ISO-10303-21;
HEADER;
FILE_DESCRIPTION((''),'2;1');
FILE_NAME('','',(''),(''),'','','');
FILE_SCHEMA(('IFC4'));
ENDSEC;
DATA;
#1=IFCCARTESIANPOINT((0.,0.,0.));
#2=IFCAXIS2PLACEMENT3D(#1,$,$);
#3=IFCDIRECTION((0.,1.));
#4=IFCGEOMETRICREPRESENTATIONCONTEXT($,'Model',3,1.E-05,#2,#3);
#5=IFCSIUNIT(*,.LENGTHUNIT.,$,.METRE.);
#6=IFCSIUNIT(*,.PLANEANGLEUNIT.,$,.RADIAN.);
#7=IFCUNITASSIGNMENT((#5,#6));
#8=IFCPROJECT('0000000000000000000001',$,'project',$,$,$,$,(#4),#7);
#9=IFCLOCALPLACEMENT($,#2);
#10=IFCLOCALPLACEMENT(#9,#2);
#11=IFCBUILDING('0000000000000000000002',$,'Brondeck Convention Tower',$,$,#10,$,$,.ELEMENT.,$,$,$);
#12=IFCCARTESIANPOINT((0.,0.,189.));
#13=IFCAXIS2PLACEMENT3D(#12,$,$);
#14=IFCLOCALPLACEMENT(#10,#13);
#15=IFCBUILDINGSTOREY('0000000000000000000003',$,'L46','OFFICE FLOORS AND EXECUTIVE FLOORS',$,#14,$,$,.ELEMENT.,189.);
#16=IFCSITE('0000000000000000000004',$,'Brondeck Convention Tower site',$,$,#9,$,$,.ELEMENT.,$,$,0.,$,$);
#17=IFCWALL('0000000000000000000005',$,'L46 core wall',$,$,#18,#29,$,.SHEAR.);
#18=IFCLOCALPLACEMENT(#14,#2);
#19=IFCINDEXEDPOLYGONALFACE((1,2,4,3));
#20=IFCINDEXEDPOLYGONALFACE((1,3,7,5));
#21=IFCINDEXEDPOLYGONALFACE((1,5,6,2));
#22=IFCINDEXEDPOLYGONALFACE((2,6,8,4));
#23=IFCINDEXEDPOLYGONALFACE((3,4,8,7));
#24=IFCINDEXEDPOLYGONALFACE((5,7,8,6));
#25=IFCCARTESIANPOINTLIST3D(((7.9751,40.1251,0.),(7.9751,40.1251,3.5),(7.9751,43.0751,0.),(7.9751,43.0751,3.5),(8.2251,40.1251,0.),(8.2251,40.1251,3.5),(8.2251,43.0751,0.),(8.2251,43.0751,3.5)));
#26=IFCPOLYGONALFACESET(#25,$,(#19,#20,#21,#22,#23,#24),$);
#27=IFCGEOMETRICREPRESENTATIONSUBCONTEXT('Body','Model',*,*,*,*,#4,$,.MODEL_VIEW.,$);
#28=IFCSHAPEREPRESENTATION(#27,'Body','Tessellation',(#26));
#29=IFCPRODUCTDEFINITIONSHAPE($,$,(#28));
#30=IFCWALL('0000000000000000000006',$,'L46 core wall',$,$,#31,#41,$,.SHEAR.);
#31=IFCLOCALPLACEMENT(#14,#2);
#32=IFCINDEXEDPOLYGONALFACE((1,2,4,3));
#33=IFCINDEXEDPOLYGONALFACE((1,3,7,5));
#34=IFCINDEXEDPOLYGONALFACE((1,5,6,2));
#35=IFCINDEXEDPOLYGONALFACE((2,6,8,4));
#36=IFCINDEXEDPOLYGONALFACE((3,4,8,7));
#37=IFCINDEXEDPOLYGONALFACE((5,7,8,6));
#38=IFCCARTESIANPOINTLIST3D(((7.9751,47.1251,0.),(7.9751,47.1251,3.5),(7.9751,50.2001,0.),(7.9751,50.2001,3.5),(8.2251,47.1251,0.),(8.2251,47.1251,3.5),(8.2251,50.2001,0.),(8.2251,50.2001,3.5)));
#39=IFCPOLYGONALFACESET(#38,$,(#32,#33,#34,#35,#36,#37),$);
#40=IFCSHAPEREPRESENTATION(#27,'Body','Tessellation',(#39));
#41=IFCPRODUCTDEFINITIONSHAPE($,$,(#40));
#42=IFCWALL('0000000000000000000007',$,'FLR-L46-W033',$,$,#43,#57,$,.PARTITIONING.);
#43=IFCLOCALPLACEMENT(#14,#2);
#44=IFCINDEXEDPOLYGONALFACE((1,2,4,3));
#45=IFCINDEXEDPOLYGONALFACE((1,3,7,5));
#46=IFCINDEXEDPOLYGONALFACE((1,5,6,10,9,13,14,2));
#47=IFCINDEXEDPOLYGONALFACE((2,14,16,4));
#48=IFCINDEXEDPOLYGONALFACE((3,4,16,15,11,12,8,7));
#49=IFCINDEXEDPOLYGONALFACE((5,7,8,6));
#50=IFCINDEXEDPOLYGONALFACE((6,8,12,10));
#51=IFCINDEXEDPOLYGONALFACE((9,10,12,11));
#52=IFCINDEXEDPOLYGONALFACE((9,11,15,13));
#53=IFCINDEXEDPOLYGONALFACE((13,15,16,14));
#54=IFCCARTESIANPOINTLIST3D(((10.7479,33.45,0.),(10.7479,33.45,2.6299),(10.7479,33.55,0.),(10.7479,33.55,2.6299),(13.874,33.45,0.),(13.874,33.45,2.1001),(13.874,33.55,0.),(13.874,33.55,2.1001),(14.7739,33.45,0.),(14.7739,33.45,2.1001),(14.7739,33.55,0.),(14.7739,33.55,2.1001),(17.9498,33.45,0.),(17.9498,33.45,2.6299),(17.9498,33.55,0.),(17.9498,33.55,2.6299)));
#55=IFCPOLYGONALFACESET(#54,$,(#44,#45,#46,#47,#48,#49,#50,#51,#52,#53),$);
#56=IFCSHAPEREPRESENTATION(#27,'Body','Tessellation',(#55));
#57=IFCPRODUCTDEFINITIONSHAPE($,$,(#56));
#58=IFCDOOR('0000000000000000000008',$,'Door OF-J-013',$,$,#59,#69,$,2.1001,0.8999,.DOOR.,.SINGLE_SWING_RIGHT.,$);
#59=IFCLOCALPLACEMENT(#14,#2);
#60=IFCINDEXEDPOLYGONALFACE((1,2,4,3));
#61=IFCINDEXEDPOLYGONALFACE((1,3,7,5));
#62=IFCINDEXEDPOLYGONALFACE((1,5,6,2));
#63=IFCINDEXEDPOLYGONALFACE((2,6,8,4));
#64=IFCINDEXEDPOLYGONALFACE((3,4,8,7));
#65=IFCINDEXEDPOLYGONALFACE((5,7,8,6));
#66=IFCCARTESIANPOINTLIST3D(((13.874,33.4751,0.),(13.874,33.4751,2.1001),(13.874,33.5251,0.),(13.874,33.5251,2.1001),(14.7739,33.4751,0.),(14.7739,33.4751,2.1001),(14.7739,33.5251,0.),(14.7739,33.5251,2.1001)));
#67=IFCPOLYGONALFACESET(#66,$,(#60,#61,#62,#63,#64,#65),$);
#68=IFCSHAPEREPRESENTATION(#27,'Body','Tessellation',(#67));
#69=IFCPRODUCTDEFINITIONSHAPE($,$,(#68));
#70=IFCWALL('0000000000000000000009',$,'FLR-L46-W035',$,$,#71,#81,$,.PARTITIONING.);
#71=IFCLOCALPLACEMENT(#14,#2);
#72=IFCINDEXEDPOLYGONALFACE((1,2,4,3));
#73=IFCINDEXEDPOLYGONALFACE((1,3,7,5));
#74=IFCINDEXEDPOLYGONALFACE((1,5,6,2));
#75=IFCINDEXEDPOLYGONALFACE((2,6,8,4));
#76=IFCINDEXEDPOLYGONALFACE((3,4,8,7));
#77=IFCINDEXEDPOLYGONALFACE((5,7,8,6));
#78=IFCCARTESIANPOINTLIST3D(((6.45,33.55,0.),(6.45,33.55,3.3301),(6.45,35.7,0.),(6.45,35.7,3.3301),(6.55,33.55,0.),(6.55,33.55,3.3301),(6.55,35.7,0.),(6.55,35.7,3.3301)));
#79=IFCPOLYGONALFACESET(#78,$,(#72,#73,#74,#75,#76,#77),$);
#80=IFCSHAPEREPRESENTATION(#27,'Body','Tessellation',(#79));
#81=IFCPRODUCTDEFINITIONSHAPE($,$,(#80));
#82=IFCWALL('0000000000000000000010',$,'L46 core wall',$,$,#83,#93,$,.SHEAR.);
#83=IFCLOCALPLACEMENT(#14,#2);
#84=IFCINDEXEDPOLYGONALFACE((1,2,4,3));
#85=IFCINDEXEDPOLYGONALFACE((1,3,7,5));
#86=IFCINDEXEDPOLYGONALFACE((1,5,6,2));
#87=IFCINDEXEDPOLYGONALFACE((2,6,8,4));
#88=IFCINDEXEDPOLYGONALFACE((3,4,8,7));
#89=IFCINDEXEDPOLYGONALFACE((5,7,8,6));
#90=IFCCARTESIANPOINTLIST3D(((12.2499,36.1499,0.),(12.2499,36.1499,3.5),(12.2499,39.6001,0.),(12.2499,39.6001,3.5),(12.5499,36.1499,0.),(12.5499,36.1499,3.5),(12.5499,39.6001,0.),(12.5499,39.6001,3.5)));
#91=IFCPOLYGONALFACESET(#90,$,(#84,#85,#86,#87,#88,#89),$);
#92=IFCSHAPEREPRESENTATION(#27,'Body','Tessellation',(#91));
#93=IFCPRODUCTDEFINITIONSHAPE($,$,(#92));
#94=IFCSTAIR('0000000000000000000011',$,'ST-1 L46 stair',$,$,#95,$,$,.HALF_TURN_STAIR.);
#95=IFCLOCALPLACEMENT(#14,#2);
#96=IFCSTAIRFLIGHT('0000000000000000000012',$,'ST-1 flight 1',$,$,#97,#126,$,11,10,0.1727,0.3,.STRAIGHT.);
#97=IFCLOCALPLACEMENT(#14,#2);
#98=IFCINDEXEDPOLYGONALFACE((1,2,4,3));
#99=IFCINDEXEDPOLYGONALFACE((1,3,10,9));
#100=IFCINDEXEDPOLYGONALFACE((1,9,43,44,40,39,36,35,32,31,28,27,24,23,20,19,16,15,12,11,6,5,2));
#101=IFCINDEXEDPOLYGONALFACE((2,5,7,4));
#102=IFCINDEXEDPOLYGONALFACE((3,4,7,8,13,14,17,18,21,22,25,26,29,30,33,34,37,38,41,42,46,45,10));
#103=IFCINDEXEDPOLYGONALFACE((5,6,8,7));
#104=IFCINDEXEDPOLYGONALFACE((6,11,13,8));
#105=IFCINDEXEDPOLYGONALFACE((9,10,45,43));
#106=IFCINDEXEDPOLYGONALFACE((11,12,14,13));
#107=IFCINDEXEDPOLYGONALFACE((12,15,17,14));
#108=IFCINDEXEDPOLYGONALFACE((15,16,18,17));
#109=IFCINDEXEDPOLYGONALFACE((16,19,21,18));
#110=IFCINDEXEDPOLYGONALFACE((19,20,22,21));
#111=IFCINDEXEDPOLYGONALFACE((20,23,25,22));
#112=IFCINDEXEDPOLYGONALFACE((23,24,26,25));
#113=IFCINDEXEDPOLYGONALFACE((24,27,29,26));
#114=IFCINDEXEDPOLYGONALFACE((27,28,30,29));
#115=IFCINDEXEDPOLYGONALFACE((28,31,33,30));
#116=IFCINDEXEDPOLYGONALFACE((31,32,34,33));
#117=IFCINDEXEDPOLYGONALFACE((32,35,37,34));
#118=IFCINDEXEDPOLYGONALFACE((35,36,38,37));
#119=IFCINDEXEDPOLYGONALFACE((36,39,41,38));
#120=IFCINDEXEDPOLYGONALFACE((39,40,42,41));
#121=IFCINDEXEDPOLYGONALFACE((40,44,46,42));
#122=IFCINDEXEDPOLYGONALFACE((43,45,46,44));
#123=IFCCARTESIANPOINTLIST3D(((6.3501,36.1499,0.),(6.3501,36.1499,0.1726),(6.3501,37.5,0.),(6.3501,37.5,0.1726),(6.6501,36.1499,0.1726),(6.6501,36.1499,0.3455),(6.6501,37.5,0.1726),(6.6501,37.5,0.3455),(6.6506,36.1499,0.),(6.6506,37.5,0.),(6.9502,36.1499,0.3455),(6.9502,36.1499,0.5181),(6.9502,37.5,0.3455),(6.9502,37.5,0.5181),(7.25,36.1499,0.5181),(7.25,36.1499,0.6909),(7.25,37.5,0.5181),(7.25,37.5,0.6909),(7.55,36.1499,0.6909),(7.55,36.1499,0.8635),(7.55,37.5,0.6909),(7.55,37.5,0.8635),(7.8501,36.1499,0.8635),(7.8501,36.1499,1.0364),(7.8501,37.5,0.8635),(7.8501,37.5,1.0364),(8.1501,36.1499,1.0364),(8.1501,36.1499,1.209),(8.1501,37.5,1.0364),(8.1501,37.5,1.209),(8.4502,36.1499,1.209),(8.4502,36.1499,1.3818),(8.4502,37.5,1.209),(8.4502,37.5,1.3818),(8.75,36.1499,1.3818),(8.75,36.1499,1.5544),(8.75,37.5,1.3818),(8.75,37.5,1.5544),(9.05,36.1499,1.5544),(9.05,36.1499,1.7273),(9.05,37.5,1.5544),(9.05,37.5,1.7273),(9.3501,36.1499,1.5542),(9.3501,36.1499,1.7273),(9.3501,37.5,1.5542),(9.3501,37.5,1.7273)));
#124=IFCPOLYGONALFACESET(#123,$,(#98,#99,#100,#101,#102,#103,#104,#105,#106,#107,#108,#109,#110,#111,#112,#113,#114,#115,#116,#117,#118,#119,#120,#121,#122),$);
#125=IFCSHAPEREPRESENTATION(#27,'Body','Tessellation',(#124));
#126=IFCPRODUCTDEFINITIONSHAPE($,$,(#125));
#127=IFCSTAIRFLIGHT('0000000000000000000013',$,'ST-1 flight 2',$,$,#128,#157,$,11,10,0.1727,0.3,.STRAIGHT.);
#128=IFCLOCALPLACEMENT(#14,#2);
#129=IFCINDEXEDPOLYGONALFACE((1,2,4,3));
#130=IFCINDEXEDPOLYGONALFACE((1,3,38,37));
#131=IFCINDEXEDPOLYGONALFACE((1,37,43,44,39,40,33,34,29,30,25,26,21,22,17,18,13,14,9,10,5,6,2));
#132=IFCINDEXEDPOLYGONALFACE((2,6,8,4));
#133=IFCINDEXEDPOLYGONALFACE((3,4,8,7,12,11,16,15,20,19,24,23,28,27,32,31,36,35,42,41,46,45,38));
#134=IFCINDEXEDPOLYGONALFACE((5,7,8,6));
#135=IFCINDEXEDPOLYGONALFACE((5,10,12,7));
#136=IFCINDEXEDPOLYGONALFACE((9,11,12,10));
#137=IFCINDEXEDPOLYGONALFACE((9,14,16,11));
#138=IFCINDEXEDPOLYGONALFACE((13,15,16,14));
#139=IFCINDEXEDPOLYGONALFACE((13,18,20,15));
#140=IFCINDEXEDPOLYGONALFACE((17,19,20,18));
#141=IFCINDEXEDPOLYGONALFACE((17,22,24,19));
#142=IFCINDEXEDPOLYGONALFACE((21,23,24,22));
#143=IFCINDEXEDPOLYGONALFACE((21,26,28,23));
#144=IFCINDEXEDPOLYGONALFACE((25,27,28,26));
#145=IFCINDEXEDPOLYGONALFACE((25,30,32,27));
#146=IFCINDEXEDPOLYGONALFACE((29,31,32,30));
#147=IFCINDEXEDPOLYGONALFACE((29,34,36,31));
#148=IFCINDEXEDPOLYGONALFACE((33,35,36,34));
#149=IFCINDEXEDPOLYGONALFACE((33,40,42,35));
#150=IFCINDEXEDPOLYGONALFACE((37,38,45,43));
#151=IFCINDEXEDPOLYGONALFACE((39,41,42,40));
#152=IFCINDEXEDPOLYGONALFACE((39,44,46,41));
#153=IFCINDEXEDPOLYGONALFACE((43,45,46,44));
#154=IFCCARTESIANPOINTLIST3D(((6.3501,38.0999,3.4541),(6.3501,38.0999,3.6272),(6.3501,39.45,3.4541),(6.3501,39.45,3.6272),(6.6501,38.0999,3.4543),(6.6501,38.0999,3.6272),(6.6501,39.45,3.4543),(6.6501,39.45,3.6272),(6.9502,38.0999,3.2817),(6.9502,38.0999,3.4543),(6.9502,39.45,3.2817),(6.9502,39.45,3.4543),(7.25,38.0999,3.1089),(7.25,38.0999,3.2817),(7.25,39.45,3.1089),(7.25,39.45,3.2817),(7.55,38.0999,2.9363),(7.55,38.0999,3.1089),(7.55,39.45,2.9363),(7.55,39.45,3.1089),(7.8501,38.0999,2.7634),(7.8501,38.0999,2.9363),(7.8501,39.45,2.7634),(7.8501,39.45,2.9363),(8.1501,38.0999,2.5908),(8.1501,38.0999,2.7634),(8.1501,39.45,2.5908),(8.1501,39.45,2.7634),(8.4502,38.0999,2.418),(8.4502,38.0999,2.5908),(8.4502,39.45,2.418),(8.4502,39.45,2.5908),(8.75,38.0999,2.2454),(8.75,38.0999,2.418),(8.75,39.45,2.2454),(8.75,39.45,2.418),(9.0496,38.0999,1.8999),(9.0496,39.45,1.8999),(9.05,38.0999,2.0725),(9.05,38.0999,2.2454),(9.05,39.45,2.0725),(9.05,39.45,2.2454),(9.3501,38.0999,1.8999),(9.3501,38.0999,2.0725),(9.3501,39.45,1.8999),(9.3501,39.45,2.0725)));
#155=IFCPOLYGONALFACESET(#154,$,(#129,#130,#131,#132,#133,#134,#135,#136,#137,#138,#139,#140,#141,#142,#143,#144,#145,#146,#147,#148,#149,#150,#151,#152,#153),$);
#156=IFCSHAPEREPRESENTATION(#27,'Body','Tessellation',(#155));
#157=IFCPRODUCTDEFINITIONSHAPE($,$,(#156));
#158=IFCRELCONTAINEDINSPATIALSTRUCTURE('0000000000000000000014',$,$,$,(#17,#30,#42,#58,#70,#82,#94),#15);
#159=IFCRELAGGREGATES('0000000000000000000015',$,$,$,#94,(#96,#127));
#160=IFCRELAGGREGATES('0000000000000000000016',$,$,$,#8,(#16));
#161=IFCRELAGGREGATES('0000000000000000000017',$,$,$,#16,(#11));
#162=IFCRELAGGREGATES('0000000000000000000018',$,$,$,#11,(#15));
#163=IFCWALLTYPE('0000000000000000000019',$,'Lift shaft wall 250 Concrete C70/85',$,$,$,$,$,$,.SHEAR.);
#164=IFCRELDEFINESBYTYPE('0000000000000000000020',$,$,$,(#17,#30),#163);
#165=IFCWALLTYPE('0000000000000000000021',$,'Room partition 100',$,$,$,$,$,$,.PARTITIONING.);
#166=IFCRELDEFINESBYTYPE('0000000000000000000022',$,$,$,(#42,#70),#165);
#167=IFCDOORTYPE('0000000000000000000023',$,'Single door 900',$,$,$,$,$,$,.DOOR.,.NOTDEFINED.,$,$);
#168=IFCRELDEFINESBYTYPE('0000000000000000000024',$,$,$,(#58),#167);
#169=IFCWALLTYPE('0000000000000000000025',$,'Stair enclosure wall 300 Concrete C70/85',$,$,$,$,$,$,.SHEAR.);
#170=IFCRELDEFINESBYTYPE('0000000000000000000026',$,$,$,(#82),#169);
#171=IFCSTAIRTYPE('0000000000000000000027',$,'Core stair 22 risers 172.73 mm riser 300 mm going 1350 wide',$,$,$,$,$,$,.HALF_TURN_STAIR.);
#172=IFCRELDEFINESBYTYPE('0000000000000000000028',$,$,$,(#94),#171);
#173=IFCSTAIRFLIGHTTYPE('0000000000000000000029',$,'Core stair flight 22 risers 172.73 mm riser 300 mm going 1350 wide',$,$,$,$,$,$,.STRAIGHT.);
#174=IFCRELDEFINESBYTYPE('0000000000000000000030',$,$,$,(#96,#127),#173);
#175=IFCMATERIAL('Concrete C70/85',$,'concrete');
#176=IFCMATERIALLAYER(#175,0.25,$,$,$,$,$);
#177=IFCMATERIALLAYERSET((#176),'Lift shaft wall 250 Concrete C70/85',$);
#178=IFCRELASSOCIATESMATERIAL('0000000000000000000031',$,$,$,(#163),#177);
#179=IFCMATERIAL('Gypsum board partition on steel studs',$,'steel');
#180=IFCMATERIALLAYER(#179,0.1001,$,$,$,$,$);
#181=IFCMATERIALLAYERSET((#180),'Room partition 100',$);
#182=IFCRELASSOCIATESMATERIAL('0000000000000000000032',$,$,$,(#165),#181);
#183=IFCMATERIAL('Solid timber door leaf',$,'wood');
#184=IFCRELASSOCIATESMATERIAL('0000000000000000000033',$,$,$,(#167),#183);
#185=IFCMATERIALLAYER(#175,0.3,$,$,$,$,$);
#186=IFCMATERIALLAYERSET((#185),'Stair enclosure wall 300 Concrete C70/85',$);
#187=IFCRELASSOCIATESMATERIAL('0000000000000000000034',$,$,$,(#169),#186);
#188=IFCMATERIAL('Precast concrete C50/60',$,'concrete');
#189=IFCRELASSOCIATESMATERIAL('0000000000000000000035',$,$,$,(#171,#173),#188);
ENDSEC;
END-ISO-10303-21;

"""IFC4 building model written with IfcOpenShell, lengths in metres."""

from ifc_helpers import new_model, si_unit, direction, frame, frame_2d, origin, place, context, subcontext, project, spatial, polyline, rectangle, outline, extrude, material, layer, layer_set, type_object, element, fill, aggregate, save


model = new_model("IFC4")

# Units and contexts
model_context = context("Model", 3, precision=1e-05, world=origin(), true_north=direction((0.0, 1.0)))
body_context = subcontext(model_context, "Body", "Model", "MODEL_VIEW")
ifc_project = project(units=[si_unit("LENGTHUNIT", "METRE"), si_unit("PLANEANGLEUNIT", "RADIAN")], contexts=[model_context])

# Site, building, storey
site_placement = place(None, origin())
site = spatial("IfcSite", under=ifc_project, at=site_placement, Name="Brondeck Convention Tower site", CompositionType="ELEMENT", RefElevation=0.0)
building_placement = place(site_placement, origin())
building = spatial("IfcBuilding", under=site, at=building_placement, Name="Brondeck Convention Tower", CompositionType="ELEMENT")
storey_placement = place(building_placement, frame((0.0, 0.0, 189.0)))
storey = spatial("IfcBuildingStorey", under=building, at=storey_placement, Name="L46", Description="OFFICE FLOORS AND EXECUTIVE FLOORS", CompositionType="ELEMENT", Elevation=189.0)

# Shared definitions
ifc_material_1 = material(Name="Concrete C70/85", Category="concrete")

# Walls
ifc_layer_1 = layer(ifc_material_1, 0.25)
ifc_layer_set_1 = layer_set([ifc_layer_1], Name="Lift shaft wall 250 Concrete C70/85")
wall_type_1 = type_object("IfcWallType", Name="Lift shaft wall 250 Concrete C70/85", PredefinedType="SHEAR", material=ifc_layer_set_1)
wall_1_placement = place(storey_placement, frame((8.1001, 40.125, 0.0), z_axis=(0.0, 0.0, 1.0), x_axis=(0.0, 1.0, 0.0)))
element("IfcWall", 1, at=wall_1_placement, inside=storey, type_object=wall_type_1, Name="L46 core wall", PredefinedType="SHEAR", context=body_context, shape_type="SweptSolid", body=[
    extrude(rectangle(XDim=2.95, YDim=0.25, at=frame_2d((1.4751, 0.0))), origin(), (0.0, 0.0, 1.0), 3.5),
])
wall_2_placement = place(storey_placement, frame((8.1001, 47.125, 0.0), z_axis=(0.0, 0.0, 1.0), x_axis=(0.0, 1.0, 0.0)))
element("IfcWall", 2, at=wall_2_placement, inside=storey, type_object=wall_type_1, Name="L46 core wall", PredefinedType="SHEAR", context=body_context, shape_type="SweptSolid", body=[
    extrude(rectangle(XDim=3.075, YDim=0.25, at=frame_2d((1.5376, 0.0))), origin(), (0.0, 0.0, 1.0), 3.5),
])

# Wall, opening, door
ifc_material_2 = material(Name="Gypsum board partition on steel studs", Category="steel")
ifc_layer_2 = layer(ifc_material_2, 0.1001)
ifc_layer_set_2 = layer_set([ifc_layer_2], Name="Room partition 100")
wall_type_2 = type_object("IfcWallType", Name="Room partition 100", PredefinedType="PARTITIONING", material=ifc_layer_set_2)
wall_3_placement = place(storey_placement, frame((17.95, 33.5, 0.0), z_axis=(0.0, 0.0, 1.0), x_axis=(-1.0, 0.0, 0.0)))
wall_3 = element("IfcWall", 3, at=wall_3_placement, inside=storey, type_object=wall_type_2, Name="FLR-L46-W033", PredefinedType="PARTITIONING", context=body_context, shape_type="SweptSolid", body=[
    extrude(rectangle(XDim=7.2019, YDim=0.1001, at=frame_2d((3.6011, 0.0))), origin(), (0.0, 0.0, 1.0), 2.6299),
])
opening_1_placement = place(wall_3_placement, frame((3.176, 0.0, 0.0)))
opening_1 = element("IfcOpeningElement", 4, at=opening_1_placement, cuts=wall_3, PredefinedType="OPENING", context=body_context, shape_type="SweptSolid", body=[
    extrude(rectangle(XDim=0.8999, YDim=2.1001, at=frame_2d((0.45, 1.05))), frame((0.0, 0.0601, 0.0), z_axis=(0.0, -1.0, 0.0), x_axis=(1.0, 0.0, 0.0)), (0.0, 0.0, 1.0), 0.1201),
])
ifc_material_3 = material(Name="Solid timber door leaf", Category="wood")
door_type_1 = type_object("IfcDoorType", Name="Single door 900", OperationType="NOTDEFINED", PredefinedType="DOOR", material=ifc_material_3)
door_1_placement = place(opening_1_placement, origin())
door_1 = element("IfcDoor", 5, at=door_1_placement, inside=storey, type_object=door_type_1, Name="Door OF-J-013", OperationType="SINGLE_SWING_RIGHT", OverallHeight=2.1001, OverallWidth=0.8999, PredefinedType="DOOR", context=body_context, shape_type="SweptSolid", body=[
    extrude(rectangle(XDim=0.8999, YDim=2.1001, at=frame_2d((0.45, 1.05))), frame((0.0, 0.0249, 0.0), z_axis=(0.0, -1.0, 0.0), x_axis=(1.0, 0.0, 0.0)), (0.0, 0.0, 1.0), 0.05),
])
fill(opening_1, door_1)

# Walls
wall_4_placement = place(storey_placement, frame((6.5, 33.55, 0.0), z_axis=(0.0, 0.0, 1.0), x_axis=(0.0, 1.0, 0.0)))
element("IfcWall", 6, at=wall_4_placement, inside=storey, type_object=wall_type_2, Name="FLR-L46-W035", PredefinedType="PARTITIONING", context=body_context, shape_type="SweptSolid", body=[
    extrude(rectangle(XDim=2.1499, YDim=0.1001, at=frame_2d((1.075, 0.0))), origin(), (0.0, 0.0, 1.0), 3.3301),
])
ifc_layer_3 = layer(ifc_material_1, 0.3)
ifc_layer_set_3 = layer_set([ifc_layer_3], Name="Stair enclosure wall 300 Concrete C70/85")
wall_type_3 = type_object("IfcWallType", Name="Stair enclosure wall 300 Concrete C70/85", PredefinedType="SHEAR", material=ifc_layer_set_3)
wall_5_placement = place(storey_placement, frame((12.3999, 36.1499, 0.0), z_axis=(0.0, 0.0, 1.0), x_axis=(0.0, 1.0, 0.0)))
element("IfcWall", 7, at=wall_5_placement, inside=storey, type_object=wall_type_3, Name="L46 core wall", PredefinedType="SHEAR", context=body_context, shape_type="SweptSolid", body=[
    extrude(rectangle(XDim=3.4502, YDim=0.3, at=frame_2d((1.7251, 0.0))), origin(), (0.0, 0.0, 1.0), 3.5),
])

# Stair, stair flights
ifc_material_4 = material(Name="Precast concrete C50/60", Category="concrete")
stair_type = type_object("IfcStairType", Name="Core stair 22 risers 172.73 mm riser 300 mm going 1350 wide", PredefinedType="HALF_TURN_STAIR", material=ifc_material_4)
stair_placement = place(storey_placement, origin())
stair = element("IfcStair", 8, at=stair_placement, inside=storey, type_object=stair_type, Name="ST-1 L46 stair", PredefinedType="HALF_TURN_STAIR")
stair_flight_type = type_object("IfcStairFlightType", Name="Core stair flight 22 risers 172.73 mm riser 300 mm going 1350 wide", PredefinedType="STRAIGHT", material=ifc_material_4)
stair_flight_1_placement = place(storey_placement, frame((6.3501, 36.825, 0.0), z_axis=(0.0, 0.0, 1.0), x_axis=(1.0, 0.0, 0.0)))
stair_flight_1 = element("IfcStairFlight", 9, at=stair_flight_1_placement, type_object=stair_flight_type, Name="ST-1 flight 1", NumberOfRisers=11, NumberOfTreads=10, PredefinedType="STRAIGHT", RiserHeight=0.1727, TreadLength=0.3, context=body_context, shape_type="SweptSolid", body=[
    extrude(outline(polyline([(0.0, 0.0), (0.0, 0.1726), (0.3, 0.1726), (0.3, 0.3455), (0.6001, 0.3455), (0.6001, 0.5181), (0.8999, 0.5181), (0.8999, 0.6909), (1.2, 0.6909), (1.2, 0.8635), (1.5, 0.8635), (1.5, 1.0364), (1.8, 1.0364), (1.8, 1.209), (2.1001, 1.209), (2.1001, 1.3818), (2.3999, 1.3818), (2.3999, 1.5544), (2.7, 1.5544), (2.7, 1.7273), (3.0, 1.7273), (3.0, 1.8999), (3.0, 1.5542), (0.3005, 0.0), (0.0, 0.0)])), frame((0.0, 0.675, 0.0), z_axis=(0.0, -1.0, 0.0), x_axis=(1.0, 0.0, 0.0)), (0.0, 0.0, 1.0), 1.3501),
])
stair_flight_2_placement = place(storey_placement, frame((9.3501, 38.7749, 1.8999), z_axis=(0.0, 0.0, 1.0), x_axis=(-1.0, 0.0, 0.0)))
stair_flight_2 = element("IfcStairFlight", 10, at=stair_flight_2_placement, type_object=stair_flight_type, Name="ST-1 flight 2", NumberOfRisers=11, NumberOfTreads=10, PredefinedType="STRAIGHT", RiserHeight=0.1727, TreadLength=0.3, context=body_context, shape_type="SweptSolid", body=[
    extrude(outline(polyline([(0.0, 0.0), (0.0, 0.1726), (0.3, 0.1726), (0.3, 0.3455), (0.6001, 0.3455), (0.6001, 0.5181), (0.8999, 0.5181), (0.8999, 0.6909), (1.2, 0.6909), (1.2, 0.8635), (1.5, 0.8635), (1.5, 1.0364), (1.8, 1.0364), (1.8, 1.209), (2.1001, 1.209), (2.1001, 1.3818), (2.3999, 1.3818), (2.3999, 1.5544), (2.7, 1.5544), (2.7, 1.7273), (3.0, 1.7273), (3.0, 1.8999), (3.0, 1.5542), (0.3005, 0.0), (0.0, 0.0)])), frame((0.0, 0.675, 0.0), z_axis=(0.0, -1.0, 0.0), x_axis=(1.0, 0.0, 0.0)), (0.0, 0.0, 1.0), 1.3501),
])
aggregate(stair, [stair_flight_1, stair_flight_2])

save(model, "model.ifc")
